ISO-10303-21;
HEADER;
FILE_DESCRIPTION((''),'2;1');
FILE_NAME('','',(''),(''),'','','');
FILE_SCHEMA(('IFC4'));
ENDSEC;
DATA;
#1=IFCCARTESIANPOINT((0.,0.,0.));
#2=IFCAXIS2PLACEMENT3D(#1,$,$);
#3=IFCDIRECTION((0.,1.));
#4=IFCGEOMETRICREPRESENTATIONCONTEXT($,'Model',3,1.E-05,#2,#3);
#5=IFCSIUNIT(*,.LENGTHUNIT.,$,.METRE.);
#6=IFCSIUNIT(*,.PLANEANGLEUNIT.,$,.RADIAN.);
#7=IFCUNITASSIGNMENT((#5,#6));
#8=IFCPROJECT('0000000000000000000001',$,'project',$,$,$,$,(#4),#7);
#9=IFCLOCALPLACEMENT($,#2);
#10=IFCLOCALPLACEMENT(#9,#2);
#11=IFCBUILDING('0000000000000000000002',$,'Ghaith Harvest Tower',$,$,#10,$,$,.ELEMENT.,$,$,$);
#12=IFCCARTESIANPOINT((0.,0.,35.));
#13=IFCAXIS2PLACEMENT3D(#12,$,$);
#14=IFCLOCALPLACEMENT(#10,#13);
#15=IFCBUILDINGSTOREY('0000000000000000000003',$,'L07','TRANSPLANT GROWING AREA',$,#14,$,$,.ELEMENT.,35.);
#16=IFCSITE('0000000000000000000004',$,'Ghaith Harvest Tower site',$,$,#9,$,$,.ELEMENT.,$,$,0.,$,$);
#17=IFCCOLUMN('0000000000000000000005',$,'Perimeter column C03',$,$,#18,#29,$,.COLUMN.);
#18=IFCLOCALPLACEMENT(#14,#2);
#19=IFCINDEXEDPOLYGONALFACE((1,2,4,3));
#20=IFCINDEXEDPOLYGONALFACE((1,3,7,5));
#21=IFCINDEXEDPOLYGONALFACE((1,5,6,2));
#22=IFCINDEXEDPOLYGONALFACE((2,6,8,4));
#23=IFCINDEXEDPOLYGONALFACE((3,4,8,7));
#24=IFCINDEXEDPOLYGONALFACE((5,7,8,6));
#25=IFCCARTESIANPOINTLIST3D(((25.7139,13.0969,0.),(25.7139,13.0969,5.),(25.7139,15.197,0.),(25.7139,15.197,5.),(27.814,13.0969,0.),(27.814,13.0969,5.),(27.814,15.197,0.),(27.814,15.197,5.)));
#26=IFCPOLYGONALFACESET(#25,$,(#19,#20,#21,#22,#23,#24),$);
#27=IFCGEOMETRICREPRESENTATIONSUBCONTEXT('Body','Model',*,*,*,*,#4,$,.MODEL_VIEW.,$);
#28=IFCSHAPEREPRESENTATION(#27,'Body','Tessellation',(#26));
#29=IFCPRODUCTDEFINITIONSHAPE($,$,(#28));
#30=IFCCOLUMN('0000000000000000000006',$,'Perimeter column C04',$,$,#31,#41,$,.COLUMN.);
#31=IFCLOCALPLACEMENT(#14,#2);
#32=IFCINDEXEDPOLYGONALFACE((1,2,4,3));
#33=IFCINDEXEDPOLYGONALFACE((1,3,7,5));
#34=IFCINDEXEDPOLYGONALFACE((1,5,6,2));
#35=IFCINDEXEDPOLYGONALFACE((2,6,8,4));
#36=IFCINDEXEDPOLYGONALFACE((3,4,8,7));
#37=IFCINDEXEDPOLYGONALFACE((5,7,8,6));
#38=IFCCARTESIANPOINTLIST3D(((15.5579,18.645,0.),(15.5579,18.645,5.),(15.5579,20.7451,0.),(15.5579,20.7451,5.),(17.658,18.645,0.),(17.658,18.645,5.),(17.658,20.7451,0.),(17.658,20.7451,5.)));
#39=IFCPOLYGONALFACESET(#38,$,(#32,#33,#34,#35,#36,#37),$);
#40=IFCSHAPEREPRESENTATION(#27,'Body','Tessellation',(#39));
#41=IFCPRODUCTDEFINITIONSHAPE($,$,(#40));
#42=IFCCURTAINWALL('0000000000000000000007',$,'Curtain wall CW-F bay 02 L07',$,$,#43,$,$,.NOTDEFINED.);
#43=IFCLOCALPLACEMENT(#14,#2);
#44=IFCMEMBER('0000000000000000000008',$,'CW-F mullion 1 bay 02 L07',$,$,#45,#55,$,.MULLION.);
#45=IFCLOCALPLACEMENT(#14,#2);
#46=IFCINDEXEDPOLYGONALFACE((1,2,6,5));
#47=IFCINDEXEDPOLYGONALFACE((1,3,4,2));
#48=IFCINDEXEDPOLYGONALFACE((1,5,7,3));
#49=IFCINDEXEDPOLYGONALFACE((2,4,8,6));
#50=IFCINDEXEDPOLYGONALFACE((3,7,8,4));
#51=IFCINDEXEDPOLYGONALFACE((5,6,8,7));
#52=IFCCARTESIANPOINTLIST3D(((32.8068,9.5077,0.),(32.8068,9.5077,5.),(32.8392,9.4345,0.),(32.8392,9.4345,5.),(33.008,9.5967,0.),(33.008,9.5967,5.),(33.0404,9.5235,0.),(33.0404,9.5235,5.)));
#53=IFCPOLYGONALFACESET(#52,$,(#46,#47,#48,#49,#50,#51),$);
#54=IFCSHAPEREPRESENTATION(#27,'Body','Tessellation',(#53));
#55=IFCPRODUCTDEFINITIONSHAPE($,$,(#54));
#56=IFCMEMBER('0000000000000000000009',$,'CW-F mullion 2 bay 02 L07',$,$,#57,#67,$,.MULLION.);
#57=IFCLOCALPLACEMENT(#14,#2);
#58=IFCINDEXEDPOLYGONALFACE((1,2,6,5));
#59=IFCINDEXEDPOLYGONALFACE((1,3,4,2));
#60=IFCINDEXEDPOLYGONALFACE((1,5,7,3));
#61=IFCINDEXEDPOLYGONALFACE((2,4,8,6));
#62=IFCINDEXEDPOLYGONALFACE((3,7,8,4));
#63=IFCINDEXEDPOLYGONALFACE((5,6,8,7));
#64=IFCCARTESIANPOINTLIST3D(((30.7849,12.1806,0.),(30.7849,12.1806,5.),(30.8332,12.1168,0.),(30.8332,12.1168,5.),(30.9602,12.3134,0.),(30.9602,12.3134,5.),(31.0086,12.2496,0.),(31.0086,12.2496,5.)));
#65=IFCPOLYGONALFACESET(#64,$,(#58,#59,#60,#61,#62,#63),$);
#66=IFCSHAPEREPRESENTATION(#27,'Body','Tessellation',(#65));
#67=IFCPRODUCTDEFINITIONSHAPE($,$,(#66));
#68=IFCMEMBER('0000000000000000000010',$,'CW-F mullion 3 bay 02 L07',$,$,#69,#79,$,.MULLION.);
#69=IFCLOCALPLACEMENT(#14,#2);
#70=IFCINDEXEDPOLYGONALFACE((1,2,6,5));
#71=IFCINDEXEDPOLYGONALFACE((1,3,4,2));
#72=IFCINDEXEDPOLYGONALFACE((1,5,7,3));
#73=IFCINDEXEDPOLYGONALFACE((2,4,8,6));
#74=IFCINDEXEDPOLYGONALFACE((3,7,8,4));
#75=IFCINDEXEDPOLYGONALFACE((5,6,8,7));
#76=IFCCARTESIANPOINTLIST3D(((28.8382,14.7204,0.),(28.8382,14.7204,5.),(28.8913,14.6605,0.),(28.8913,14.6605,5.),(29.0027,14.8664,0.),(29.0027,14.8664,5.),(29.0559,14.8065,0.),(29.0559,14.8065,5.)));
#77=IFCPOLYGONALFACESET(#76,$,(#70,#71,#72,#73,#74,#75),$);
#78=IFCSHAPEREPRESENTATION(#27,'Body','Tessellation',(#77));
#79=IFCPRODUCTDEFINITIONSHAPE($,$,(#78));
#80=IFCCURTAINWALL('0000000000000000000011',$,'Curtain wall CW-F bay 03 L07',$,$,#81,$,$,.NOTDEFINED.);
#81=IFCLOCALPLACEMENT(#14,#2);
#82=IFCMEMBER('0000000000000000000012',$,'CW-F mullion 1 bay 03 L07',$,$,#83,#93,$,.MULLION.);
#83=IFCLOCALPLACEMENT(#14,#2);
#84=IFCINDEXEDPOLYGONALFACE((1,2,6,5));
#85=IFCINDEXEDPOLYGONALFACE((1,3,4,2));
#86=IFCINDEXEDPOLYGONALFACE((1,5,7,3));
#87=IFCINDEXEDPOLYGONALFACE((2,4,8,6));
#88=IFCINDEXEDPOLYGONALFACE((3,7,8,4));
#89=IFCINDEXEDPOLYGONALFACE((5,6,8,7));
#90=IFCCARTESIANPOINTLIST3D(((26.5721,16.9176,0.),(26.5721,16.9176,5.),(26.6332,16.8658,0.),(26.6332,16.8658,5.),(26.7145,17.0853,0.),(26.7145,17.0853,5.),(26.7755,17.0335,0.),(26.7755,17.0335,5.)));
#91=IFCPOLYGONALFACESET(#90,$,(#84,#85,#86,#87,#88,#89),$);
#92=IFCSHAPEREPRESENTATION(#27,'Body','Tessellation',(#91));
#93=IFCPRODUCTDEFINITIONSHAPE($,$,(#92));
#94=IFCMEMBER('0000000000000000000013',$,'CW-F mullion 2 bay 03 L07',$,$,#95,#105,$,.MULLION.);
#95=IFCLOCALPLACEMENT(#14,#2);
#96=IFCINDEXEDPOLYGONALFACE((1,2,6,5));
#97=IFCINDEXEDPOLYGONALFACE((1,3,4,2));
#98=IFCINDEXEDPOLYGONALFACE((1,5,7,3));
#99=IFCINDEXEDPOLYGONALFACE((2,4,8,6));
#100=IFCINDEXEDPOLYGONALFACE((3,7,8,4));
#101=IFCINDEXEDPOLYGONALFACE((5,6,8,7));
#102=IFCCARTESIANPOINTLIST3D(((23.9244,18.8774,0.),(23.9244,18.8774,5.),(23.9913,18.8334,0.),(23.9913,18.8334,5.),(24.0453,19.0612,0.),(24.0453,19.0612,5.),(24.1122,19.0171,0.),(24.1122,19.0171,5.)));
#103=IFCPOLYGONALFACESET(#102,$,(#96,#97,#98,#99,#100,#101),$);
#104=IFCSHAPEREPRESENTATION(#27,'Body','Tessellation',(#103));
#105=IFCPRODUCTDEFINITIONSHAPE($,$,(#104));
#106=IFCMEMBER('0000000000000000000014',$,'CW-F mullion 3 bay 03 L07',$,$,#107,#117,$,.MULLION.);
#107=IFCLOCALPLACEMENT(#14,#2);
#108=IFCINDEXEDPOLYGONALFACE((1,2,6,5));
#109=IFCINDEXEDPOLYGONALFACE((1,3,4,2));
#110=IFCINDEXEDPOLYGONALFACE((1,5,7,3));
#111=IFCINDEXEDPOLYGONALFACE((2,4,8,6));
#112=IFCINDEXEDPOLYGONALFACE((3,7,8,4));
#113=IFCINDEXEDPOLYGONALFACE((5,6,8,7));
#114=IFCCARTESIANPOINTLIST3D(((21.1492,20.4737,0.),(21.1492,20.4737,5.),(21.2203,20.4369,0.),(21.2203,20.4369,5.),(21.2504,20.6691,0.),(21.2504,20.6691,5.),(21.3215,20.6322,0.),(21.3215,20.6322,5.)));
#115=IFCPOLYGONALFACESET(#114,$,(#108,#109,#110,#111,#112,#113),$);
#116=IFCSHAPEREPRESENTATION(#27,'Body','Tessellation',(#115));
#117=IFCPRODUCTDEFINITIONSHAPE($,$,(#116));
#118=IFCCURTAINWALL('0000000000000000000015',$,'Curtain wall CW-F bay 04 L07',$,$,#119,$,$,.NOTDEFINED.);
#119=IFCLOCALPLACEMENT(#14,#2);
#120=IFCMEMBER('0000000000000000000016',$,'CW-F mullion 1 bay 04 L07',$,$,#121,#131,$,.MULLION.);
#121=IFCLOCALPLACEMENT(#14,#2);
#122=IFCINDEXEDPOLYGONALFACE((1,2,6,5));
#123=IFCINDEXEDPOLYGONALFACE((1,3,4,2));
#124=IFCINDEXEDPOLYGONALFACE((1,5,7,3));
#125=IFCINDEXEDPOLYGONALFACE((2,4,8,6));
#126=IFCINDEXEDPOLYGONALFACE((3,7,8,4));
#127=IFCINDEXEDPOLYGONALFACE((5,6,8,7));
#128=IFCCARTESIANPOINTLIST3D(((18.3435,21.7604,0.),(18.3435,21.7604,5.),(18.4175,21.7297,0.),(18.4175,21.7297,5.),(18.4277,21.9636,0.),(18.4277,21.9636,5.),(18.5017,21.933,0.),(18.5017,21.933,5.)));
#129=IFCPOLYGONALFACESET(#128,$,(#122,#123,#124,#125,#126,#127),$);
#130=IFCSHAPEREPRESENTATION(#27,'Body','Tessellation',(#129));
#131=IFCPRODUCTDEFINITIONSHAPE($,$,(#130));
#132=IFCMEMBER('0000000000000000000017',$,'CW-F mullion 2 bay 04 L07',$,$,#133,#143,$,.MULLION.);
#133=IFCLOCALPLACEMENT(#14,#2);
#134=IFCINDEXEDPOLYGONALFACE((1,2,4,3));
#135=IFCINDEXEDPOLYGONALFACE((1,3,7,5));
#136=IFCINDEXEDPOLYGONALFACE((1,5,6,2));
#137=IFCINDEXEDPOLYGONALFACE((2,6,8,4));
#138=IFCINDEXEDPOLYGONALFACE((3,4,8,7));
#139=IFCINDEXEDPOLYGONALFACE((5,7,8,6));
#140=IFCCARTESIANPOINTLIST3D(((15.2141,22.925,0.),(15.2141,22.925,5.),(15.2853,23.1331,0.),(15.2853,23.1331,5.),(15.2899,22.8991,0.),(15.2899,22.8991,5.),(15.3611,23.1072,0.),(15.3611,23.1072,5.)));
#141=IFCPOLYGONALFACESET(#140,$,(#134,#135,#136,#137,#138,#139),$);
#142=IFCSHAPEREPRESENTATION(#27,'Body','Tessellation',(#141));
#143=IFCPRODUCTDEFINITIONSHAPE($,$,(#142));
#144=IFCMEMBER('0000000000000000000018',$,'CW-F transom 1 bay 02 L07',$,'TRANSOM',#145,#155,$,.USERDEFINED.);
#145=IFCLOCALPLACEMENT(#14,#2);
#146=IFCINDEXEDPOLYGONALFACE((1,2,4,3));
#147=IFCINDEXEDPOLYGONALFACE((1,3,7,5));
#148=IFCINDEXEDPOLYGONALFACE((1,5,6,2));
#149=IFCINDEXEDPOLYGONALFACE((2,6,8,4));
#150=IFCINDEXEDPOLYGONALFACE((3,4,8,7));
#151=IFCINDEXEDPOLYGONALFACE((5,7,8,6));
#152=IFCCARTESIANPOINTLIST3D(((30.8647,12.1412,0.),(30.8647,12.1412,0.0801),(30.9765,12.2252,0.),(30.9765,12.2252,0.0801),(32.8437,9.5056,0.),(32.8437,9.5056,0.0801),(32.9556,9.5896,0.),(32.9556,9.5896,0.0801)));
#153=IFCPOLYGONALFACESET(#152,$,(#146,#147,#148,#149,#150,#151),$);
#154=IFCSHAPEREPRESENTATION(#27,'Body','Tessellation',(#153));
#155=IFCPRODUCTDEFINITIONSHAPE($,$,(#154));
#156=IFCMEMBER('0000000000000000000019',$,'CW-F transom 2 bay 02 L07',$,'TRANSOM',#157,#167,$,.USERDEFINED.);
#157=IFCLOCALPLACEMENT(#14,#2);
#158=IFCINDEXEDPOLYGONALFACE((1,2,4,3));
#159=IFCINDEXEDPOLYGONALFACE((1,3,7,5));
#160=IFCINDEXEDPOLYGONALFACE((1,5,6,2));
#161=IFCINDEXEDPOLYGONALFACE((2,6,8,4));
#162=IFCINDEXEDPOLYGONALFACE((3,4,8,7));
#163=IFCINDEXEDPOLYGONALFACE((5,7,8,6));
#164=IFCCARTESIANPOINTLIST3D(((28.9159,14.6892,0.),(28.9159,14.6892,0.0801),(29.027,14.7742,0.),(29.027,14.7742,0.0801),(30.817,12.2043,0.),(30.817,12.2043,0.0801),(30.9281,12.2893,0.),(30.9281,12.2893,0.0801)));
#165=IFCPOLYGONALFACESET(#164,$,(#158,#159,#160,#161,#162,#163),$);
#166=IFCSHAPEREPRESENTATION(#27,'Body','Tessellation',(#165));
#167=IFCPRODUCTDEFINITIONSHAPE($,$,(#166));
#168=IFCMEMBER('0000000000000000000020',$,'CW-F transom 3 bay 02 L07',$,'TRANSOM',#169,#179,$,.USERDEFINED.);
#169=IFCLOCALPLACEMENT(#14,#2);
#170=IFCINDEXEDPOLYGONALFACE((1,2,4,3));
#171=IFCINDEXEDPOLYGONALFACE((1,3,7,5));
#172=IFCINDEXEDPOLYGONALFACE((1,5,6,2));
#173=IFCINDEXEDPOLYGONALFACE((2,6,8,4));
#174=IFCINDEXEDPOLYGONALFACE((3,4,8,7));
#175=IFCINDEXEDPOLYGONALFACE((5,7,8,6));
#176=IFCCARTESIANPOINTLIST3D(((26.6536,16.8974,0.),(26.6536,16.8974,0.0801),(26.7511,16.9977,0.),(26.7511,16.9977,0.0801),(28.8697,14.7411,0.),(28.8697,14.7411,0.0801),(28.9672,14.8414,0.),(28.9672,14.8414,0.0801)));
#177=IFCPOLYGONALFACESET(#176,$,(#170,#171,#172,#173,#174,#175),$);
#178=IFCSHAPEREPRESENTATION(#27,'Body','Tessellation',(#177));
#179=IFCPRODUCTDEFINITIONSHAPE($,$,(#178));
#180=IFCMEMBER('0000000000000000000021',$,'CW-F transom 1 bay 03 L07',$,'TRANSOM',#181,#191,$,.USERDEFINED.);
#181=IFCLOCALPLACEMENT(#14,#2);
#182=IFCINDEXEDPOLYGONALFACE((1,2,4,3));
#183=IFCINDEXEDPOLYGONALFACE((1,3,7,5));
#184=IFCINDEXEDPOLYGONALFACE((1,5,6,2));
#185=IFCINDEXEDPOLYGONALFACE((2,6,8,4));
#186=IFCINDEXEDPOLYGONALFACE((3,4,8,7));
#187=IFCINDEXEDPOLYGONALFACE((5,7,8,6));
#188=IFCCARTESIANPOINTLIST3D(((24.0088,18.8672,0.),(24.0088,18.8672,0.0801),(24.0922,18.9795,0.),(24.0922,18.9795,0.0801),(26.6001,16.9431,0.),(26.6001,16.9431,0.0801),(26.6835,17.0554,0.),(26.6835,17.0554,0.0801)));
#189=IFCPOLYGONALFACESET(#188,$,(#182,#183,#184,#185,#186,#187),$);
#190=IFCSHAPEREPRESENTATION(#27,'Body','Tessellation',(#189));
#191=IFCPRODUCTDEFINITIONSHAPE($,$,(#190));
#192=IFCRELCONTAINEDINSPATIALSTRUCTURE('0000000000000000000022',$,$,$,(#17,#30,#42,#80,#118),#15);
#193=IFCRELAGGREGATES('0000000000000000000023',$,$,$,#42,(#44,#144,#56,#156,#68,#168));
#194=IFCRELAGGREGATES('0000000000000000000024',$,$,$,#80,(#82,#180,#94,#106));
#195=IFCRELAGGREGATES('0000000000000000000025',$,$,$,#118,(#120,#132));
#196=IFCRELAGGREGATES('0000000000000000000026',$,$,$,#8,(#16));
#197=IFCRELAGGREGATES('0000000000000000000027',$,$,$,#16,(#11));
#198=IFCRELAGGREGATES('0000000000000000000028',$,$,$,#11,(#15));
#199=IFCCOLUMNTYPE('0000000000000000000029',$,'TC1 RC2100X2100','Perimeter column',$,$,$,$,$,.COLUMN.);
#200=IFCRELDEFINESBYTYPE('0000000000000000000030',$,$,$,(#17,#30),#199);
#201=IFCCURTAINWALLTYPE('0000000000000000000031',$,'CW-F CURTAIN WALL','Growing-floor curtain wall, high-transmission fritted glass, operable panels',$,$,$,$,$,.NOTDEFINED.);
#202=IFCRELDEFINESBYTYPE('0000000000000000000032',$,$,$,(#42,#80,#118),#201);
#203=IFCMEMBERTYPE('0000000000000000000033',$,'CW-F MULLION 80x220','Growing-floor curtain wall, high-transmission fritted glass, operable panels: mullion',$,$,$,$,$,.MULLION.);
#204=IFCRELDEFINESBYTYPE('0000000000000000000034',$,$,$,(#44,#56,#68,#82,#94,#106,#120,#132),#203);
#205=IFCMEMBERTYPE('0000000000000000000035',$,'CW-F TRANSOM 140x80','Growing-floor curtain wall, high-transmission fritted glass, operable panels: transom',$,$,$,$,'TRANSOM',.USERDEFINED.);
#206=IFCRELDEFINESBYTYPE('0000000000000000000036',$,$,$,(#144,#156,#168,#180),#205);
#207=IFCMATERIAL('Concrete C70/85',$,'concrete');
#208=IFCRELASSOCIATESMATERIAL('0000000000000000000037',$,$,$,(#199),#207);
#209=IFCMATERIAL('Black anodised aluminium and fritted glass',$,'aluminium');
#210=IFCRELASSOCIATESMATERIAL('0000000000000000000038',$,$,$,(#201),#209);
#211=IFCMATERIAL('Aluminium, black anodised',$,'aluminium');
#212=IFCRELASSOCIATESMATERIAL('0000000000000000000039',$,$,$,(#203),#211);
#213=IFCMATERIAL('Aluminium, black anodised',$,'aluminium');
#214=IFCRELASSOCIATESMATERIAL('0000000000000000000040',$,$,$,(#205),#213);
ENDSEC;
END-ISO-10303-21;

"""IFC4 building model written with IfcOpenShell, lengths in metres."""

from ifc_helpers import new_model, si_unit, direction, frame, origin, origin_2d, place, context, subcontext, project, spatial, rectangle, extrude, material, material_profile, profile_set, type_object, element, aggregate, save


model = new_model("IFC4")

# Units and contexts
model_context = context("Model", 3, precision=1e-05, world=origin(), true_north=direction((0.0, 1.0)))
body_context = subcontext(model_context, "Body", "Model", "MODEL_VIEW")
ifc_project = project(units=[si_unit("LENGTHUNIT", "METRE"), si_unit("PLANEANGLEUNIT", "RADIAN")], contexts=[model_context])

# Site, building, storey
site_placement = place(None, origin())
site = spatial("IfcSite", under=ifc_project, at=site_placement, Name="Ghaith Harvest Tower site", CompositionType="ELEMENT", RefElevation=0.0)
building_placement = place(site_placement, origin())
building = spatial("IfcBuilding", under=site, at=building_placement, Name="Ghaith Harvest Tower", CompositionType="ELEMENT")
storey_placement = place(building_placement, frame((0.0, 0.0, 35.0)))
storey = spatial("IfcBuildingStorey", under=building, at=storey_placement, Name="L07", Description="TRANSPLANT GROWING AREA", CompositionType="ELEMENT", Elevation=35.0)

# Columns
ifc_material_1 = material(Name="Concrete C70/85", Category="concrete")
ifc_material_profile_1 = material_profile(ifc_material_1, rectangle(XDim=2.1001, YDim=2.1001, at=origin_2d()), Name="RC2100X2100")
ifc_profile_set_1 = profile_set([ifc_material_profile_1], Name="Concrete C70/85")
column_type = type_object("IfcColumnType", Name="TC1 RC2100X2100", Description="Perimeter column", PredefinedType="COLUMN", material=ifc_profile_set_1)
for number, where, z_axis, x_axis, name in (
    (1, (26.7639, 14.147, 0.0), (0.0, 0.0, 1.0), (1.0, 0.0, 0.0), "Perimeter column C03"),
    (2, (16.6079, 19.6951, 0.0), (0.0, 0.0, 1.0), (1.0, 0.0, 0.0), "Perimeter column C04"),
):
    element("IfcColumn", number, at=place(storey_placement, frame(where, z_axis=z_axis, x_axis=x_axis)), inside=storey, type_object=column_type, Name=name, PredefinedType="COLUMN", context=body_context, shape_type="SweptSolid", body=[
        extrude(rectangle(XDim=2.1001, YDim=2.1001, at=origin_2d()), origin(), (0.0, 0.0, 1.0), 5.0),
    ])

# Curtain walls, members
ifc_material_2 = material(Name="Black anodised aluminium and fritted glass", Category="aluminium")
curtain_wall_type = type_object("IfcCurtainWallType", Name="CW-F CURTAIN WALL", Description="Growing-floor curtain wall, high-transmission fritted glass, operable panels", PredefinedType="NOTDEFINED", material=ifc_material_2)
curtain_wall_1_placement = place(storey_placement, origin())
curtain_wall_1 = element("IfcCurtainWall", 3, at=curtain_wall_1_placement, inside=storey, type_object=curtain_wall_type, Name="Curtain wall CW-F bay 02 L07", PredefinedType="NOTDEFINED")
ifc_material_3 = material(Name="Aluminium, black anodised", Category="aluminium")
ifc_material_profile_2 = material_profile(ifc_material_3, rectangle(XDim=0.0801, YDim=0.22, at=origin_2d()), Name="CW-F MULLION 80x220")
ifc_profile_set_2 = profile_set([ifc_material_profile_2], Name="Aluminium, black anodised")
member_type_1 = type_object("IfcMemberType", Name="CW-F MULLION 80x220", Description="Growing-floor curtain wall, high-transmission fritted glass, operable panels: mullion", PredefinedType="MULLION", material=ifc_profile_set_2)
member_1_placement = place(storey_placement, frame((32.9236, 9.5156, 0.0), z_axis=(0.0, 0.0, 1.0), x_axis=(-0.404702, 0.914449, 0.0)))
member_1 = element("IfcMember", 4, at=member_1_placement, type_object=member_type_1, Name="CW-F mullion 1 bay 02 L07", PredefinedType="MULLION", context=body_context, shape_type="SweptSolid", body=[
    extrude(rectangle(XDim=0.0801, YDim=0.22, at=origin_2d()), origin(), (0.0, 0.0, 1.0), 5.0),
])
member_2_placement = place(storey_placement, frame((30.8967, 12.2151, 0.0), z_axis=(0.0, 0.0, 1.0), x_axis=(-0.603948, 0.797023, 0.0)))
member_2 = element("IfcMember", 5, at=member_2_placement, type_object=member_type_1, Name="CW-F mullion 2 bay 02 L07", PredefinedType="MULLION", context=body_context, shape_type="SweptSolid", body=[
    extrude(rectangle(XDim=0.0801, YDim=0.22, at=origin_2d()), origin(), (0.0, 0.0, 1.0), 5.0),
])
member_3_placement = place(storey_placement, frame((28.947, 14.7634, 0.0), z_axis=(0.0, 0.0, 1.0), x_axis=(-0.663605, 0.748083, 0.0)))
member_3 = element("IfcMember", 6, at=member_3_placement, type_object=member_type_1, Name="CW-F mullion 3 bay 02 L07", PredefinedType="MULLION", context=body_context, shape_type="SweptSolid", body=[
    extrude(rectangle(XDim=0.0801, YDim=0.22, at=origin_2d()), origin(), (0.0, 0.0, 1.0), 5.0),
])
curtain_wall_2_placement = place(storey_placement, origin())
curtain_wall_2 = element("IfcCurtainWall", 7, at=curtain_wall_2_placement, inside=storey, type_object=curtain_wall_type, Name="Curtain wall CW-F bay 03 L07", PredefinedType="NOTDEFINED")
member_4_placement = place(storey_placement, frame((26.6738, 16.9756, 0.0), z_axis=(0.0, 0.0, 1.0), x_axis=(-0.762366, 0.647146, 0.0)))
member_4 = element("IfcMember", 8, at=member_4_placement, type_object=member_type_1, Name="CW-F mullion 1 bay 03 L07", PredefinedType="MULLION", context=body_context, shape_type="SweptSolid", body=[
    extrude(rectangle(XDim=0.0801, YDim=0.22, at=origin_2d()), origin(), (0.0, 0.0, 1.0), 5.0),
])
member_5_placement = place(storey_placement, frame((24.0183, 18.9473, 0.0), z_axis=(0.0, 0.0, 1.0), x_axis=(-0.835444, 0.549576, 0.0)))
member_5 = element("IfcMember", 9, at=member_5_placement, type_object=member_type_1, Name="CW-F mullion 2 bay 03 L07", PredefinedType="MULLION", context=body_context, shape_type="SweptSolid", body=[
    extrude(rectangle(XDim=0.0801, YDim=0.22, at=origin_2d()), origin(), (0.0, 0.0, 1.0), 5.0),
])
member_6_placement = place(storey_placement, frame((21.2354, 20.553, 0.0), z_axis=(0.0, 0.0, 1.0), x_axis=(-0.887897, 0.460043, 0.0)))
member_6 = element("IfcMember", 10, at=member_6_placement, type_object=member_type_1, Name="CW-F mullion 3 bay 03 L07", PredefinedType="MULLION", context=body_context, shape_type="SweptSolid", body=[
    extrude(rectangle(XDim=0.0801, YDim=0.22, at=origin_2d()), origin(), (0.0, 0.0, 1.0), 5.0),
])
curtain_wall_3_placement = place(storey_placement, origin())
curtain_wall_3 = element("IfcCurtainWall", 11, at=curtain_wall_3_placement, inside=storey, type_object=curtain_wall_type, Name="Curtain wall CW-F bay 04 L07", PredefinedType="NOTDEFINED")
member_7_placement = place(storey_placement, frame((18.4226, 21.8467, 0.0), z_axis=(0.0, 0.0, 1.0), x_axis=(-0.92391, 0.382609, 0.0)))
member_7 = element("IfcMember", 12, at=member_7_placement, type_object=member_type_1, Name="CW-F mullion 1 bay 04 L07", PredefinedType="MULLION", context=body_context, shape_type="SweptSolid", body=[
    extrude(rectangle(XDim=0.0801, YDim=0.22, at=origin_2d()), origin(), (0.0, 0.0, 1.0), 5.0),
])
member_8_placement = place(storey_placement, frame((15.2876, 23.0161, 0.0), z_axis=(0.0, 0.0, 1.0), x_axis=(-0.946121, 0.323813, 0.0)))
member_8 = element("IfcMember", 13, at=member_8_placement, type_object=member_type_1, Name="CW-F mullion 2 bay 04 L07", PredefinedType="MULLION", context=body_context, shape_type="SweptSolid", body=[
    extrude(rectangle(XDim=0.0801, YDim=0.22, at=origin_2d()), origin(), (0.0, 0.0, 1.0), 5.0),
])

# Members
ifc_material_4 = material(Name="Aluminium, black anodised", Category="aluminium")
ifc_material_profile_3 = material_profile(ifc_material_4, rectangle(XDim=0.1399, YDim=0.0801, at=origin_2d()), Name="CW-F TRANSOM 140x80")
ifc_profile_set_3 = profile_set([ifc_material_profile_3], Name="Aluminium, black anodised")
member_type_2 = type_object("IfcMemberType", Name="CW-F TRANSOM 140x80", Description="Growing-floor curtain wall, high-transmission fritted glass, operable panels: transom", ElementType="TRANSOM", PredefinedType="USERDEFINED", material=ifc_profile_set_3)
member_9_placement = place(storey_placement, frame((32.8997, 9.5476, 0.04), z_axis=(-0.600462, 0.799653, 0.0), x_axis=(-0.799653, -0.600462, 0.0)))
member_9 = element("IfcMember", 14, at=member_9_placement, type_object=member_type_2, Name="CW-F transom 1 bay 02 L07", ObjectType="TRANSOM", PredefinedType="USERDEFINED", context=body_context, shape_type="SweptSolid", body=[
    extrude(rectangle(XDim=0.1399, YDim=0.0801, at=origin_2d()), origin(), (0.0, 0.0, 1.0), 3.2959),
])
member_10_placement = place(storey_placement, frame((30.8726, 12.2468, 0.04), z_axis=(-0.607638, 0.794214, 0.0), x_axis=(-0.794214, -0.607638, 0.0)))
member_10 = element("IfcMember", 15, at=member_10_placement, type_object=member_type_2, Name="CW-F transom 2 bay 02 L07", ObjectType="TRANSOM", PredefinedType="USERDEFINED", context=body_context, shape_type="SweptSolid", body=[
    extrude(rectangle(XDim=0.1399, YDim=0.0801, at=origin_2d()), origin(), (0.0, 0.0, 1.0), 3.1287),
])
member_11_placement = place(storey_placement, frame((28.9185, 14.7913, 0.04), z_axis=(-0.716713, 0.697368, 0.0), x_axis=(-0.697368, -0.716713, 0.0)))
member_11 = element("IfcMember", 16, at=member_11_placement, type_object=member_type_2, Name="CW-F transom 3 bay 02 L07", ObjectType="TRANSOM", PredefinedType="USERDEFINED", context=body_context, shape_type="SweptSolid", body=[
    extrude(rectangle(XDim=0.1399, YDim=0.0801, at=origin_2d()), origin(), (0.0, 0.0, 1.0), 3.092),
])
member_12_placement = place(storey_placement, frame((26.6418, 16.9993, 0.04), z_axis=(-0.802877, 0.596144, 0.0), x_axis=(-0.596144, -0.802877, 0.0)))
member_12 = element("IfcMember", 17, at=member_12_placement, type_object=member_type_2, Name="CW-F transom 1 bay 03 L07", ObjectType="TRANSOM", PredefinedType="USERDEFINED", context=body_context, shape_type="SweptSolid", body=[
    extrude(rectangle(XDim=0.1399, YDim=0.0801, at=origin_2d()), origin(), (0.0, 0.0, 1.0), 3.2275),
])

aggregate(curtain_wall_1, [member_1, member_9, member_2, member_10, member_3, member_11])
aggregate(curtain_wall_2, [member_4, member_12, member_5, member_6])
aggregate(curtain_wall_3, [member_7, member_8])

save(model, "model.ifc")
